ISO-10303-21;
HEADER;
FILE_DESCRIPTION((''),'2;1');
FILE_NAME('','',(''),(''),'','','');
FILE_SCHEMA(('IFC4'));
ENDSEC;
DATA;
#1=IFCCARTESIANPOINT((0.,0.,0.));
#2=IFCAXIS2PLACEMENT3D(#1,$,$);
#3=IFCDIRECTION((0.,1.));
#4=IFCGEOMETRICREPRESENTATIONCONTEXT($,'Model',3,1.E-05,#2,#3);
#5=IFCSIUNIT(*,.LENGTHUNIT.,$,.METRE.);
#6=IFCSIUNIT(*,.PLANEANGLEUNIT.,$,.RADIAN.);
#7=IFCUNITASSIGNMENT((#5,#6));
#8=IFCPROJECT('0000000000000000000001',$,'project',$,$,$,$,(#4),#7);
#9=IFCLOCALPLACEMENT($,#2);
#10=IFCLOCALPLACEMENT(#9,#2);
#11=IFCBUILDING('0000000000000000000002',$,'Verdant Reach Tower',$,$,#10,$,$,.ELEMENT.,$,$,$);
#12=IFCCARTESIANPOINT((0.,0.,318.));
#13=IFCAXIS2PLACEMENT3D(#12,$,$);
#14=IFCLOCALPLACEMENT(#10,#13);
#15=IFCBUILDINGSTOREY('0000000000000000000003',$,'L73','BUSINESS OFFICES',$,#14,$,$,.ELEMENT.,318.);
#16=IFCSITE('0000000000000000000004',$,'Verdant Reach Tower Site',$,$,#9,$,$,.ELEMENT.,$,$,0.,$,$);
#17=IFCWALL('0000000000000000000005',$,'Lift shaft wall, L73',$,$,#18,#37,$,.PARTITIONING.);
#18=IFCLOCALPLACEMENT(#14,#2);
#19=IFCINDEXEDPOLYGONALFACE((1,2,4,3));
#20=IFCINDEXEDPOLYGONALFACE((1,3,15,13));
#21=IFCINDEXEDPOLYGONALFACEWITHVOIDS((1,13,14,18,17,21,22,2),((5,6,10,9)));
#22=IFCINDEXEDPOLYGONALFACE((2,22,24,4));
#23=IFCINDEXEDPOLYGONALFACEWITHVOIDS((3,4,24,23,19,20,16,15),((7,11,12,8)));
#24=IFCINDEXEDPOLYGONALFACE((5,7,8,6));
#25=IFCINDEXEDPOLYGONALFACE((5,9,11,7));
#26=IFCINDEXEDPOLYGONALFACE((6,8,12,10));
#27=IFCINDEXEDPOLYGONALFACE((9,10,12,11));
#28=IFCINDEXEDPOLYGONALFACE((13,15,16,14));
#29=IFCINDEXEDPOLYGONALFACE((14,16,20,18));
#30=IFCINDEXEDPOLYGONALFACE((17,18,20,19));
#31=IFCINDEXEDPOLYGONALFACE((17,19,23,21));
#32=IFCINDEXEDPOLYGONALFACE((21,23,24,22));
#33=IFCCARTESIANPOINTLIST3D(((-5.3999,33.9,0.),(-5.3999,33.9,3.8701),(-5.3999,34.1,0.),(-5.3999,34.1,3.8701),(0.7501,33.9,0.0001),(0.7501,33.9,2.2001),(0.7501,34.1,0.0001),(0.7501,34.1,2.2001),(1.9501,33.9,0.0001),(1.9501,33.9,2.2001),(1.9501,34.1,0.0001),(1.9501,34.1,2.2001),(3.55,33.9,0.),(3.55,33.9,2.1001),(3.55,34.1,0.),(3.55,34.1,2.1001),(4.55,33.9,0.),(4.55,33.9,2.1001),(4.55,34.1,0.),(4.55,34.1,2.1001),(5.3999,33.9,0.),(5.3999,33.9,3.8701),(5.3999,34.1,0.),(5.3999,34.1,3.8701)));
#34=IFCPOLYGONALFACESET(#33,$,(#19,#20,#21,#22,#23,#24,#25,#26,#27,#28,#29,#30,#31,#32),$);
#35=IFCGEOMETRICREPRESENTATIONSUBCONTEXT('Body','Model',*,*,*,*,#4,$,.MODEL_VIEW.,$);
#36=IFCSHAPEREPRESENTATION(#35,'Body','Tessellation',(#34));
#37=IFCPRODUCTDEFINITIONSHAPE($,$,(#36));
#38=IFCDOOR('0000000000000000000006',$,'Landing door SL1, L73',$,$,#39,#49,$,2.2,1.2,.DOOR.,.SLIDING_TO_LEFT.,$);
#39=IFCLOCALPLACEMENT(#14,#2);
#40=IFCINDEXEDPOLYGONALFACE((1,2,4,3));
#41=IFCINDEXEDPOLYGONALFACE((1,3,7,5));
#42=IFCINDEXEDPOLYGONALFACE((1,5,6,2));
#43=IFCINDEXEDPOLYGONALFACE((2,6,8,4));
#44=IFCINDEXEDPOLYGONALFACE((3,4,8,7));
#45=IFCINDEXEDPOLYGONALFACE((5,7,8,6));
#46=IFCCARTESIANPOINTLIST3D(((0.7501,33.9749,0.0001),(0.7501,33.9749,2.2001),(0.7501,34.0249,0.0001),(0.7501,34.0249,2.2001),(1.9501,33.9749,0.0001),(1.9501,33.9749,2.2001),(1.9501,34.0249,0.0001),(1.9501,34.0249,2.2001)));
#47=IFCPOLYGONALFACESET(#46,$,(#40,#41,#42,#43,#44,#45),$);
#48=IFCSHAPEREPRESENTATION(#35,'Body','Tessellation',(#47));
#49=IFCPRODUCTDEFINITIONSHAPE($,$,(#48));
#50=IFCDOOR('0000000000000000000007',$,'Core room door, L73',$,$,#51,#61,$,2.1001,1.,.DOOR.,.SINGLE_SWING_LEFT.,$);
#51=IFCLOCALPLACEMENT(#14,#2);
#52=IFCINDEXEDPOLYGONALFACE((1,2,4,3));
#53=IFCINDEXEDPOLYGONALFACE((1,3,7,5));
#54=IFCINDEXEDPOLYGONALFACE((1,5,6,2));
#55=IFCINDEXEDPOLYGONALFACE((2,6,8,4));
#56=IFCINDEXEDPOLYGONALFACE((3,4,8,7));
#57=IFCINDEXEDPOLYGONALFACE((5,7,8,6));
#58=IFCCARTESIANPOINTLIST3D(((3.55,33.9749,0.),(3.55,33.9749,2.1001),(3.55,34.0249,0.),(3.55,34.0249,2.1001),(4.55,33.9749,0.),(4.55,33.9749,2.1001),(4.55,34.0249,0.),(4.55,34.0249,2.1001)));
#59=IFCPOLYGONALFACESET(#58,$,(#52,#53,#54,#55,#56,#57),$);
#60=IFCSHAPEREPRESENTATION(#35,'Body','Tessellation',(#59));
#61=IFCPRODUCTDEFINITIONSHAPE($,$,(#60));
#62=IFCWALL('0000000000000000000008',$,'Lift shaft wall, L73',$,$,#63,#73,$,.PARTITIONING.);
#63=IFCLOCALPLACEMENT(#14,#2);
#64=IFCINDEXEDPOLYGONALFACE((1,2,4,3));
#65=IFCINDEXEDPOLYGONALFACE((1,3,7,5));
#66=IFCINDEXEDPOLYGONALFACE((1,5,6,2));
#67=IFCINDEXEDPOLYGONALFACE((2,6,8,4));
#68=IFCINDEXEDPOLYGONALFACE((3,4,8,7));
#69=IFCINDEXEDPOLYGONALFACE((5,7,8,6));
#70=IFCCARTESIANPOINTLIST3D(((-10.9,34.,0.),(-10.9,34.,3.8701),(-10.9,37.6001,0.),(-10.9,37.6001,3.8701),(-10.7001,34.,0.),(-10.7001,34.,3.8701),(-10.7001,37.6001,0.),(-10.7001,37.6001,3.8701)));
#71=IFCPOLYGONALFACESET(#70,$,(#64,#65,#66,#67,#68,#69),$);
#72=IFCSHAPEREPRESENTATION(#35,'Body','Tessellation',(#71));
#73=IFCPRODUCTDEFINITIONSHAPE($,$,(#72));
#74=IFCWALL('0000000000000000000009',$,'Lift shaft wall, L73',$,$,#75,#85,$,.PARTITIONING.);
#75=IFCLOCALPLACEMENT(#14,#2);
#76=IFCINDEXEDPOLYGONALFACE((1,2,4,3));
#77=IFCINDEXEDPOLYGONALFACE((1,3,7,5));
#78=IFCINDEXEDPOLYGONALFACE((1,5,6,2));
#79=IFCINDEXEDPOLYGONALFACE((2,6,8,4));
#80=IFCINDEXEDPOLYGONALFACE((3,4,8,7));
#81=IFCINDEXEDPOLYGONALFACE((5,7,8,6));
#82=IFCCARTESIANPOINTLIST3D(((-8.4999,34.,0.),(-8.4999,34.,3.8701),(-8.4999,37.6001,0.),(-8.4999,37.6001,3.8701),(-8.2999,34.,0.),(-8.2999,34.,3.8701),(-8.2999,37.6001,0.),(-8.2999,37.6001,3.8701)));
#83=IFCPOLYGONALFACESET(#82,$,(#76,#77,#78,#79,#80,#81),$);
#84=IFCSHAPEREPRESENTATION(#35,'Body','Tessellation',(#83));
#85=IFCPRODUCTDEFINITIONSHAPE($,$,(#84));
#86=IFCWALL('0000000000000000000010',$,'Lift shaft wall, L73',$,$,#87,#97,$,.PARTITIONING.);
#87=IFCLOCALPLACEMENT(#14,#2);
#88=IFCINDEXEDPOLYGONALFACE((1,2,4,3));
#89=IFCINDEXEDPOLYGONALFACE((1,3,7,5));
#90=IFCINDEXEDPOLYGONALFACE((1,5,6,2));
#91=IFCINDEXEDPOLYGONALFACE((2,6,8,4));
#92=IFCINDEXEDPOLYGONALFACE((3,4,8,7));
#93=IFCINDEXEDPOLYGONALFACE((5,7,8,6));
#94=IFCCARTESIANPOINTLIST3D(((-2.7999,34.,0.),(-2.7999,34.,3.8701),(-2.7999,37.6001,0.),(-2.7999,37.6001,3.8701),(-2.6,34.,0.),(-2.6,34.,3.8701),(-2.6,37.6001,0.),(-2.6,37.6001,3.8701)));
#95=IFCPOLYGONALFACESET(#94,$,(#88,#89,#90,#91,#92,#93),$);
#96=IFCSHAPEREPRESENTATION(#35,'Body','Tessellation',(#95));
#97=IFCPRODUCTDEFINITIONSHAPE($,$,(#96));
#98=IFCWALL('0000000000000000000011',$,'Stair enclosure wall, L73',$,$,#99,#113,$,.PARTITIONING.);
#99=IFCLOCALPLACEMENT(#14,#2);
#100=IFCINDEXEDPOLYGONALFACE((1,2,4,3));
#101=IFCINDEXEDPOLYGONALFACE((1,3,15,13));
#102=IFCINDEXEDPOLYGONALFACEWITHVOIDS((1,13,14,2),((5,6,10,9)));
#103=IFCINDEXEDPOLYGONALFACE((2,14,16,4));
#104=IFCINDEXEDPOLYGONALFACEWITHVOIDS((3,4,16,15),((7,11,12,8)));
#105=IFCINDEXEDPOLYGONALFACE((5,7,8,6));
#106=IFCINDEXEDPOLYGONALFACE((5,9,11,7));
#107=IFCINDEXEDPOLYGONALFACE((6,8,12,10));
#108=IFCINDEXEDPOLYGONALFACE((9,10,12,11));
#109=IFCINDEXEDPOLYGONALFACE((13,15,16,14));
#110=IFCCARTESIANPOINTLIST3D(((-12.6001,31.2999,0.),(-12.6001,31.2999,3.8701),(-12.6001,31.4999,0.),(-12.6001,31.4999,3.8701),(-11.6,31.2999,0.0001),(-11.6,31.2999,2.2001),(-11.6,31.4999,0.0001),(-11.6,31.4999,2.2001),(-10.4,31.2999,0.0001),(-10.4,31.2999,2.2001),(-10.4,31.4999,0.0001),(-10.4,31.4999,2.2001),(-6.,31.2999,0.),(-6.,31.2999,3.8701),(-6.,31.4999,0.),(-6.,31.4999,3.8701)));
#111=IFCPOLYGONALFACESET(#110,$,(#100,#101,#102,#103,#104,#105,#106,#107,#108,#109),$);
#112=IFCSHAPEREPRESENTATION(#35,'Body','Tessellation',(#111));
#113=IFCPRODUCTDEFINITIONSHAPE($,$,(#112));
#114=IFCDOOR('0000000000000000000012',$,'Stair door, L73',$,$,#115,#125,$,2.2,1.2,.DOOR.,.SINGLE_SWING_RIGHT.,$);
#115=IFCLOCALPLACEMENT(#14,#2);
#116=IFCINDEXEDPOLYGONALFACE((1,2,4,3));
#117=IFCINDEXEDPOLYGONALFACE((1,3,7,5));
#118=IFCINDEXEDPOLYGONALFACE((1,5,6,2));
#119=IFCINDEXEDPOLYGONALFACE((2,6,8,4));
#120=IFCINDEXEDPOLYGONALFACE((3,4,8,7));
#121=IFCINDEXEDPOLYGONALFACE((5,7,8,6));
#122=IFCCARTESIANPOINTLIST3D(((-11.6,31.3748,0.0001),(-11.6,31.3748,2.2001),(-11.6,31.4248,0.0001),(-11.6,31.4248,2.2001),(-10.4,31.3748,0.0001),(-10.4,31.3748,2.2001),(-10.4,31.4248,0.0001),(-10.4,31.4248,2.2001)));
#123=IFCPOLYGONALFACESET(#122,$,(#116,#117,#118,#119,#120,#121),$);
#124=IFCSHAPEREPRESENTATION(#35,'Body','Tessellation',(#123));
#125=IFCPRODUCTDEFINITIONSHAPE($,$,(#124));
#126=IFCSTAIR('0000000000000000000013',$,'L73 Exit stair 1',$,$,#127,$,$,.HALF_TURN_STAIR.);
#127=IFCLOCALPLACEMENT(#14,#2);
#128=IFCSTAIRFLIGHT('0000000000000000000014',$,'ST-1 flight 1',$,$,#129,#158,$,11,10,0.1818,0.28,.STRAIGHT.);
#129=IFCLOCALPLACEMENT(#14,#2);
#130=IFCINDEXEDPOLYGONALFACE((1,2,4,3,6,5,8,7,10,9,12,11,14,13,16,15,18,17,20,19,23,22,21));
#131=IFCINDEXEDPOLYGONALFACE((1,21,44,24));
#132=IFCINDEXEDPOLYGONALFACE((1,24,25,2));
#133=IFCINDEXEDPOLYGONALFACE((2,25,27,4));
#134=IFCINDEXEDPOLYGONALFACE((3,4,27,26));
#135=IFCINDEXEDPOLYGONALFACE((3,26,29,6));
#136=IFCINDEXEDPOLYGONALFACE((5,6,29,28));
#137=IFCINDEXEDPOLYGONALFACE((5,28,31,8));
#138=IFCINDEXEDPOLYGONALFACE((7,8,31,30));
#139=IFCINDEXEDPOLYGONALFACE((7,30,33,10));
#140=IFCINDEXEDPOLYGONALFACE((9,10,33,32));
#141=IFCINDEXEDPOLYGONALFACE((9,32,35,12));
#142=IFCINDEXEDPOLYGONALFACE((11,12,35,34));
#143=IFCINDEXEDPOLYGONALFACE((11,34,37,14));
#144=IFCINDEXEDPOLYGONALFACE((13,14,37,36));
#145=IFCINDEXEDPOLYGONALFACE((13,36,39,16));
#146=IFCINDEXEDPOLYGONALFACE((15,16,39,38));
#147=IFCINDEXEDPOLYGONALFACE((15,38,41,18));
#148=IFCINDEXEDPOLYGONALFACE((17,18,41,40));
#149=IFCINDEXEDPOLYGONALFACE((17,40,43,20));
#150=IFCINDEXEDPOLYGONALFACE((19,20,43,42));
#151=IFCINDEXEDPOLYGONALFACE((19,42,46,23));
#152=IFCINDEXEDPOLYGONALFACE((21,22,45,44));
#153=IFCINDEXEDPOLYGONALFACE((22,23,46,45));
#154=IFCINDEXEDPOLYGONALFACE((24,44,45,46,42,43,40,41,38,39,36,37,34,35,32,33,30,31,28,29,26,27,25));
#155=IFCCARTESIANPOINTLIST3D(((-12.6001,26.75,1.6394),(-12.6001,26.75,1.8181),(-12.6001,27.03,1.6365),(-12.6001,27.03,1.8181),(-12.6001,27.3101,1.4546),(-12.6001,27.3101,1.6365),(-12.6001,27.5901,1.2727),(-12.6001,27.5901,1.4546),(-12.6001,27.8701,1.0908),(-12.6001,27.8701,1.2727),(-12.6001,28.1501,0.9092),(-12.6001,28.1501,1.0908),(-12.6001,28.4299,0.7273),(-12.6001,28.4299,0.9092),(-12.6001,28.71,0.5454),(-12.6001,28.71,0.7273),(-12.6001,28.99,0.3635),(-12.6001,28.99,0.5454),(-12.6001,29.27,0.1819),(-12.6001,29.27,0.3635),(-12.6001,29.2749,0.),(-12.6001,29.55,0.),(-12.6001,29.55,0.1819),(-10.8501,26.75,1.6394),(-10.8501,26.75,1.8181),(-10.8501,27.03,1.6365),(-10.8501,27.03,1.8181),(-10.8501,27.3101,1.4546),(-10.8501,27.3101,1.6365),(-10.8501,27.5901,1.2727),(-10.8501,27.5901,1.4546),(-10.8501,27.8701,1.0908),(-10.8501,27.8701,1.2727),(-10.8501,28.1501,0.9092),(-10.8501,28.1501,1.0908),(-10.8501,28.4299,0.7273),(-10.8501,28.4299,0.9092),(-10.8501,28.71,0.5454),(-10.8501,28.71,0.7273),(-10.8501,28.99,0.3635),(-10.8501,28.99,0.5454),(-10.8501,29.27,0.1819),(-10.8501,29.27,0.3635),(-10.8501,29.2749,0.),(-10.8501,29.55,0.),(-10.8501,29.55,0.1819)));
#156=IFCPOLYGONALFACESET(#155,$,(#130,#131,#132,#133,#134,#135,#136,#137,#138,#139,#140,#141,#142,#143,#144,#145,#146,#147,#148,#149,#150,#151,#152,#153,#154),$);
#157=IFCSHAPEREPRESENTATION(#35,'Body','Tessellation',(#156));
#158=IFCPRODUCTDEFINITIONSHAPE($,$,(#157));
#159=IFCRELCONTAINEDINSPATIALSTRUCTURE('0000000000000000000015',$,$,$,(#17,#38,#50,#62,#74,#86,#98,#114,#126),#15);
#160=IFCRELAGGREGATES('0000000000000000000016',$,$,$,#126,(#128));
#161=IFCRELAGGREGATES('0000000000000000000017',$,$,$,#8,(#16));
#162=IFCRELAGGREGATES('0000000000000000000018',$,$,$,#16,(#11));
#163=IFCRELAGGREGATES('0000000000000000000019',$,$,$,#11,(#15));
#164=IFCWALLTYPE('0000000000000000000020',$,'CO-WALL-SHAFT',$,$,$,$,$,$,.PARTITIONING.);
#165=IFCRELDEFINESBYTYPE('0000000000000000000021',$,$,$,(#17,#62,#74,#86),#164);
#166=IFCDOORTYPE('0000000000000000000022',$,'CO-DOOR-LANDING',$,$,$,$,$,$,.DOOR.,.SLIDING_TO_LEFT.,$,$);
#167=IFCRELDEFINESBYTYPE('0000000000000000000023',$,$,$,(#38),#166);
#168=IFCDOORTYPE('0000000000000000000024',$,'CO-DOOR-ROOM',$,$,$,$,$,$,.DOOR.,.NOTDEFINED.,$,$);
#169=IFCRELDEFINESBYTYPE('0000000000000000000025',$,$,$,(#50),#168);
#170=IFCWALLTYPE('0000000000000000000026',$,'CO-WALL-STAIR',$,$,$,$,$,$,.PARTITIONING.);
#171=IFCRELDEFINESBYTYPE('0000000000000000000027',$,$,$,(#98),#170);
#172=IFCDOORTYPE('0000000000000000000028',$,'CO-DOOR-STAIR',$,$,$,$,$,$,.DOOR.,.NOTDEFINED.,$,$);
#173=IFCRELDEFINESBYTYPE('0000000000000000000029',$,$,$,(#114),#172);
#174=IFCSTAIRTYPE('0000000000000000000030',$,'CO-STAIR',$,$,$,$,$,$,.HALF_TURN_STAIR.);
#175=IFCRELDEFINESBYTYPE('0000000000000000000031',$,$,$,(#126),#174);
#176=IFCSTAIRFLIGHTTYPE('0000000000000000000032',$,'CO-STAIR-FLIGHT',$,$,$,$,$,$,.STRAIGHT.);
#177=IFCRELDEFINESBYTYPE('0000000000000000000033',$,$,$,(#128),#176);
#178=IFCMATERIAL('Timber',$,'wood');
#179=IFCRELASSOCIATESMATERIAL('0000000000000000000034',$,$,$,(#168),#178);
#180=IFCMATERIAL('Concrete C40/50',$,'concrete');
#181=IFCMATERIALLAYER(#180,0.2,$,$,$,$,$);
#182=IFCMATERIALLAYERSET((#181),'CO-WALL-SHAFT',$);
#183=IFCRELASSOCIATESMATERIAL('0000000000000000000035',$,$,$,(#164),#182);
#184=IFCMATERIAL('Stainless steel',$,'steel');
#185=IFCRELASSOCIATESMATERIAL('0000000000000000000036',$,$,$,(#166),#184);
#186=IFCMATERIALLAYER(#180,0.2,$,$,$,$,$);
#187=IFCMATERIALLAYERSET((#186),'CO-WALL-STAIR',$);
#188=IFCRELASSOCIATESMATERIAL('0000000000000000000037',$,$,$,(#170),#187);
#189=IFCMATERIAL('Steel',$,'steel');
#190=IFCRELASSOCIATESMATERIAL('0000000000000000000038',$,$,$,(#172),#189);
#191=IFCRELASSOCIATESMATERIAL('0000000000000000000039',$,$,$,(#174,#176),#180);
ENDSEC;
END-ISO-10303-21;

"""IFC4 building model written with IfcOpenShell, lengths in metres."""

from ifc_helpers import new_model, si_unit, direction, frame, frame_2d, origin, place, context, subcontext, project, spatial, polyline, rectangle, outline, extrude, material, layer, layer_set, type_object, element, fill, aggregate, save


model = new_model("IFC4")

# Units and contexts
model_context = context("Model", 3, precision=1e-05, world=origin(), true_north=direction((0.0, 1.0)))
body_context = subcontext(model_context, "Body", "Model", "MODEL_VIEW")
ifc_project = project(units=[si_unit("LENGTHUNIT", "METRE"), si_unit("PLANEANGLEUNIT", "RADIAN")], contexts=[model_context])

# Site, building, storey
site_placement = place(None, origin())
site = spatial("IfcSite", under=ifc_project, at=site_placement, Name="Verdant Reach Tower Site", CompositionType="ELEMENT", RefElevation=0.0)
building_placement = place(site_placement, origin())
building = spatial("IfcBuilding", under=site, at=building_placement, Name="Verdant Reach Tower", CompositionType="ELEMENT")
storey_placement = place(building_placement, frame((0.0, 0.0, 318.0)))
storey = spatial("IfcBuildingStorey", under=building, at=storey_placement, Name="L73", Description="BUSINESS OFFICES", CompositionType="ELEMENT", Elevation=318.0)

# Wall, openings, doors
ifc_material_1 = material(Name="Timber", Category="wood")
door_type_1 = type_object("IfcDoorType", Name="CO-DOOR-ROOM", OperationType="NOTDEFINED", PredefinedType="DOOR", material=ifc_material_1)
ifc_material_2 = material(Name="Concrete C40/50", Category="concrete")
ifc_layer_1 = layer(ifc_material_2, 0.2)
ifc_layer_set_1 = layer_set([ifc_layer_1], Name="CO-WALL-SHAFT")
wall_type_1 = type_object("IfcWallType", Name="CO-WALL-SHAFT", PredefinedType="PARTITIONING", material=ifc_layer_set_1)
ifc_material_3 = material(Name="Stainless steel", Category="steel")
ifc_material_4 = material(Name="Steel", Category="steel")
wall_1_placement = place(storey_placement, frame((-5.3999, 34.0, 0.0), z_axis=(0.0, 0.0, 1.0), x_axis=(1.0, 0.0, 0.0)))
wall_1 = element("IfcWall", 1, at=wall_1_placement, inside=storey, type_object=wall_type_1, Name="Lift shaft wall, L73", PredefinedType="PARTITIONING", context=body_context, shape_type="SweptSolid", body=[
    extrude(rectangle(XDim=10.7998, YDim=0.2, at=frame_2d((5.3999, 0.0))), origin(), (0.0, 0.0, 1.0), 3.8701),
])
opening_1_placement = place(wall_1_placement, frame((6.1499, 0.0, 0.0)))
opening_1 = element("IfcOpeningElement", 2, at=opening_1_placement, cuts=wall_1, PredefinedType="OPENING", context=body_context, shape_type="SweptSolid", body=[
    extrude(rectangle(XDim=1.2, YDim=2.2, at=frame_2d((0.6001, 1.1001))), frame((0.0, 0.1099, 0.0), z_axis=(0.0, -1.0, 0.0), x_axis=(1.0, 0.0, 0.0)), (0.0, 0.0, 1.0), 0.22),
])
opening_2_placement = place(wall_1_placement, frame((8.95, 0.0, 0.0)))
opening_2 = element("IfcOpeningElement", 3, at=opening_2_placement, cuts=wall_1, PredefinedType="OPENING", context=body_context, shape_type="SweptSolid", body=[
    extrude(rectangle(XDim=1.0, YDim=2.1001, at=frame_2d((0.5, 1.05))), frame((0.0, 0.1099, 0.0), z_axis=(0.0, -1.0, 0.0), x_axis=(1.0, 0.0, 0.0)), (0.0, 0.0, 1.0), 0.22),
])
door_type_2 = type_object("IfcDoorType", Name="CO-DOOR-LANDING", OperationType="SLIDING_TO_LEFT", PredefinedType="DOOR", material=ifc_material_3)
door_1_placement = place(opening_1_placement, origin())
door_1 = element("IfcDoor", 4, at=door_1_placement, inside=storey, type_object=door_type_2, Name="Landing door SL1, L73", OperationType="SLIDING_TO_LEFT", OverallHeight=2.2, OverallWidth=1.2, PredefinedType="DOOR", context=body_context, shape_type="SweptSolid", body=[
    extrude(rectangle(XDim=1.2, YDim=2.2, at=frame_2d((0.6001, 1.1001))), frame((0.0, 0.0249, 0.0), z_axis=(0.0, -1.0, 0.0), x_axis=(1.0, 0.0, 0.0)), (0.0, 0.0, 1.0), 0.05),
])
fill(opening_1, door_1)
door_2_placement = place(opening_2_placement, origin())
door_2 = element("IfcDoor", 5, at=door_2_placement, inside=storey, type_object=door_type_1, Name="Core room door, L73", OperationType="SINGLE_SWING_LEFT", OverallHeight=2.1001, OverallWidth=1.0, PredefinedType="DOOR", context=body_context, shape_type="SweptSolid", body=[
    extrude(rectangle(XDim=1.0, YDim=2.1001, at=frame_2d((0.5, 1.05))), frame((0.0, 0.0249, 0.0), z_axis=(0.0, -1.0, 0.0), x_axis=(1.0, 0.0, 0.0)), (0.0, 0.0, 1.0), 0.05),
])
fill(opening_2, door_2)

# Walls
for number, where, z_axis, x_axis, name in (
    (6, (-10.8, 34.0, 0.0), (0.0, 0.0, 1.0), (0.0, 1.0, 0.0), "Lift shaft wall, L73"),
    (7, (-8.3999, 34.0, 0.0), (0.0, 0.0, 1.0), (0.0, 1.0, 0.0), "Lift shaft wall, L73"),
    (8, (-2.7, 34.0, 0.0), (0.0, 0.0, 1.0), (0.0, 1.0, 0.0), "Lift shaft wall, L73"),
):
    element("IfcWall", number, at=place(storey_placement, frame(where, z_axis=z_axis, x_axis=x_axis)), inside=storey, type_object=wall_type_1, Name=name, PredefinedType="PARTITIONING", context=body_context, shape_type="SweptSolid", body=[
        extrude(rectangle(XDim=3.6001, YDim=0.2, at=frame_2d((1.8, 0.0))), origin(), (0.0, 0.0, 1.0), 3.8701),
    ])

# Wall, opening, door
ifc_layer_2 = layer(ifc_material_2, 0.2)
ifc_layer_set_2 = layer_set([ifc_layer_2], Name="CO-WALL-STAIR")
wall_type_2 = type_object("IfcWallType", Name="CO-WALL-STAIR", PredefinedType="PARTITIONING", material=ifc_layer_set_2)
wall_2_placement = place(storey_placement, frame((-12.6001, 31.3999, 0.0), z_axis=(0.0, 0.0, 1.0), x_axis=(1.0, 0.0, 0.0)))
wall_2 = element("IfcWall", 9, at=wall_2_placement, inside=storey, type_object=wall_type_2, Name="Stair enclosure wall, L73", PredefinedType="PARTITIONING", context=body_context, shape_type="SweptSolid", body=[
    extrude(rectangle(XDim=6.6001, YDim=0.2, at=frame_2d((3.3, 0.0))), origin(), (0.0, 0.0, 1.0), 3.8701),
])
opening_3_placement = place(wall_2_placement, frame((1.0, 0.0, 0.0)))
opening_3 = element("IfcOpeningElement", 10, at=opening_3_placement, cuts=wall_2, PredefinedType="OPENING", context=body_context, shape_type="SweptSolid", body=[
    extrude(rectangle(XDim=1.2, YDim=2.2, at=frame_2d((0.6001, 1.1001))), frame((0.0, 0.1099, 0.0), z_axis=(0.0, -1.0, 0.0), x_axis=(1.0, 0.0, 0.0)), (0.0, 0.0, 1.0), 0.22),
])
door_type_3 = type_object("IfcDoorType", Name="CO-DOOR-STAIR", OperationType="NOTDEFINED", PredefinedType="DOOR", material=ifc_material_4)
door_3_placement = place(opening_3_placement, origin())
door_3 = element("IfcDoor", 11, at=door_3_placement, inside=storey, type_object=door_type_3, Name="Stair door, L73", OperationType="SINGLE_SWING_RIGHT", OverallHeight=2.2, OverallWidth=1.2, PredefinedType="DOOR", context=body_context, shape_type="SweptSolid", body=[
    extrude(rectangle(XDim=1.2, YDim=2.2, at=frame_2d((0.6001, 1.1001))), frame((0.0, 0.0249, 0.0), z_axis=(0.0, -1.0, 0.0), x_axis=(1.0, 0.0, 0.0)), (0.0, 0.0, 1.0), 0.05),
])
fill(opening_3, door_3)

# Stair, stair flight
stair_type = type_object("IfcStairType", Name="CO-STAIR", PredefinedType="HALF_TURN_STAIR", material=ifc_material_2)
stair_placement = place(storey_placement, origin())
stair = element("IfcStair", 12, at=stair_placement, inside=storey, type_object=stair_type, Name="L73 Exit stair 1", PredefinedType="HALF_TURN_STAIR")
stair_flight_type = type_object("IfcStairFlightType", Name="CO-STAIR-FLIGHT", PredefinedType="STRAIGHT", material=ifc_material_2)
stair_flight_placement = place(storey_placement, frame((-11.7251, 29.55, 0.0), z_axis=(0.0, 0.0, 1.0), x_axis=(0.0, -1.0, 0.0)))
stair_flight = element("IfcStairFlight", 13, at=stair_flight_placement, type_object=stair_flight_type, Name="ST-1 flight 1", NumberOfRisers=11, NumberOfTreads=10, PredefinedType="STRAIGHT", RiserHeight=0.1818, TreadLength=0.28, context=body_context, shape_type="SweptSolid", body=[
    extrude(outline(polyline([(0.0, 0.0), (0.0, 0.1819), (0.28, 0.1819), (0.28, 0.3635), (0.5601, 0.3635), (0.5601, 0.5454), (0.8401, 0.5454), (0.8401, 0.7273), (1.1201, 0.7273), (1.1201, 0.9092), (1.3999, 0.9092), (1.3999, 1.0908), (1.6799, 1.0908), (1.6799, 1.2727), (1.96, 1.2727), (1.96, 1.4546), (2.24, 1.4546), (2.24, 1.6365), (2.52, 1.6365), (2.52, 1.8181), (2.8, 1.8181), (2.8, 2.0), (2.8, 1.6394), (0.2751, 0.0), (0.0, 0.0)])), frame((0.0, 0.875, 0.0), z_axis=(0.0, -1.0, 0.0), x_axis=(1.0, 0.0, 0.0)), (0.0, 0.0, 1.0), 1.75),
])
aggregate(stair, [stair_flight])

save(model, "model.ifc")
